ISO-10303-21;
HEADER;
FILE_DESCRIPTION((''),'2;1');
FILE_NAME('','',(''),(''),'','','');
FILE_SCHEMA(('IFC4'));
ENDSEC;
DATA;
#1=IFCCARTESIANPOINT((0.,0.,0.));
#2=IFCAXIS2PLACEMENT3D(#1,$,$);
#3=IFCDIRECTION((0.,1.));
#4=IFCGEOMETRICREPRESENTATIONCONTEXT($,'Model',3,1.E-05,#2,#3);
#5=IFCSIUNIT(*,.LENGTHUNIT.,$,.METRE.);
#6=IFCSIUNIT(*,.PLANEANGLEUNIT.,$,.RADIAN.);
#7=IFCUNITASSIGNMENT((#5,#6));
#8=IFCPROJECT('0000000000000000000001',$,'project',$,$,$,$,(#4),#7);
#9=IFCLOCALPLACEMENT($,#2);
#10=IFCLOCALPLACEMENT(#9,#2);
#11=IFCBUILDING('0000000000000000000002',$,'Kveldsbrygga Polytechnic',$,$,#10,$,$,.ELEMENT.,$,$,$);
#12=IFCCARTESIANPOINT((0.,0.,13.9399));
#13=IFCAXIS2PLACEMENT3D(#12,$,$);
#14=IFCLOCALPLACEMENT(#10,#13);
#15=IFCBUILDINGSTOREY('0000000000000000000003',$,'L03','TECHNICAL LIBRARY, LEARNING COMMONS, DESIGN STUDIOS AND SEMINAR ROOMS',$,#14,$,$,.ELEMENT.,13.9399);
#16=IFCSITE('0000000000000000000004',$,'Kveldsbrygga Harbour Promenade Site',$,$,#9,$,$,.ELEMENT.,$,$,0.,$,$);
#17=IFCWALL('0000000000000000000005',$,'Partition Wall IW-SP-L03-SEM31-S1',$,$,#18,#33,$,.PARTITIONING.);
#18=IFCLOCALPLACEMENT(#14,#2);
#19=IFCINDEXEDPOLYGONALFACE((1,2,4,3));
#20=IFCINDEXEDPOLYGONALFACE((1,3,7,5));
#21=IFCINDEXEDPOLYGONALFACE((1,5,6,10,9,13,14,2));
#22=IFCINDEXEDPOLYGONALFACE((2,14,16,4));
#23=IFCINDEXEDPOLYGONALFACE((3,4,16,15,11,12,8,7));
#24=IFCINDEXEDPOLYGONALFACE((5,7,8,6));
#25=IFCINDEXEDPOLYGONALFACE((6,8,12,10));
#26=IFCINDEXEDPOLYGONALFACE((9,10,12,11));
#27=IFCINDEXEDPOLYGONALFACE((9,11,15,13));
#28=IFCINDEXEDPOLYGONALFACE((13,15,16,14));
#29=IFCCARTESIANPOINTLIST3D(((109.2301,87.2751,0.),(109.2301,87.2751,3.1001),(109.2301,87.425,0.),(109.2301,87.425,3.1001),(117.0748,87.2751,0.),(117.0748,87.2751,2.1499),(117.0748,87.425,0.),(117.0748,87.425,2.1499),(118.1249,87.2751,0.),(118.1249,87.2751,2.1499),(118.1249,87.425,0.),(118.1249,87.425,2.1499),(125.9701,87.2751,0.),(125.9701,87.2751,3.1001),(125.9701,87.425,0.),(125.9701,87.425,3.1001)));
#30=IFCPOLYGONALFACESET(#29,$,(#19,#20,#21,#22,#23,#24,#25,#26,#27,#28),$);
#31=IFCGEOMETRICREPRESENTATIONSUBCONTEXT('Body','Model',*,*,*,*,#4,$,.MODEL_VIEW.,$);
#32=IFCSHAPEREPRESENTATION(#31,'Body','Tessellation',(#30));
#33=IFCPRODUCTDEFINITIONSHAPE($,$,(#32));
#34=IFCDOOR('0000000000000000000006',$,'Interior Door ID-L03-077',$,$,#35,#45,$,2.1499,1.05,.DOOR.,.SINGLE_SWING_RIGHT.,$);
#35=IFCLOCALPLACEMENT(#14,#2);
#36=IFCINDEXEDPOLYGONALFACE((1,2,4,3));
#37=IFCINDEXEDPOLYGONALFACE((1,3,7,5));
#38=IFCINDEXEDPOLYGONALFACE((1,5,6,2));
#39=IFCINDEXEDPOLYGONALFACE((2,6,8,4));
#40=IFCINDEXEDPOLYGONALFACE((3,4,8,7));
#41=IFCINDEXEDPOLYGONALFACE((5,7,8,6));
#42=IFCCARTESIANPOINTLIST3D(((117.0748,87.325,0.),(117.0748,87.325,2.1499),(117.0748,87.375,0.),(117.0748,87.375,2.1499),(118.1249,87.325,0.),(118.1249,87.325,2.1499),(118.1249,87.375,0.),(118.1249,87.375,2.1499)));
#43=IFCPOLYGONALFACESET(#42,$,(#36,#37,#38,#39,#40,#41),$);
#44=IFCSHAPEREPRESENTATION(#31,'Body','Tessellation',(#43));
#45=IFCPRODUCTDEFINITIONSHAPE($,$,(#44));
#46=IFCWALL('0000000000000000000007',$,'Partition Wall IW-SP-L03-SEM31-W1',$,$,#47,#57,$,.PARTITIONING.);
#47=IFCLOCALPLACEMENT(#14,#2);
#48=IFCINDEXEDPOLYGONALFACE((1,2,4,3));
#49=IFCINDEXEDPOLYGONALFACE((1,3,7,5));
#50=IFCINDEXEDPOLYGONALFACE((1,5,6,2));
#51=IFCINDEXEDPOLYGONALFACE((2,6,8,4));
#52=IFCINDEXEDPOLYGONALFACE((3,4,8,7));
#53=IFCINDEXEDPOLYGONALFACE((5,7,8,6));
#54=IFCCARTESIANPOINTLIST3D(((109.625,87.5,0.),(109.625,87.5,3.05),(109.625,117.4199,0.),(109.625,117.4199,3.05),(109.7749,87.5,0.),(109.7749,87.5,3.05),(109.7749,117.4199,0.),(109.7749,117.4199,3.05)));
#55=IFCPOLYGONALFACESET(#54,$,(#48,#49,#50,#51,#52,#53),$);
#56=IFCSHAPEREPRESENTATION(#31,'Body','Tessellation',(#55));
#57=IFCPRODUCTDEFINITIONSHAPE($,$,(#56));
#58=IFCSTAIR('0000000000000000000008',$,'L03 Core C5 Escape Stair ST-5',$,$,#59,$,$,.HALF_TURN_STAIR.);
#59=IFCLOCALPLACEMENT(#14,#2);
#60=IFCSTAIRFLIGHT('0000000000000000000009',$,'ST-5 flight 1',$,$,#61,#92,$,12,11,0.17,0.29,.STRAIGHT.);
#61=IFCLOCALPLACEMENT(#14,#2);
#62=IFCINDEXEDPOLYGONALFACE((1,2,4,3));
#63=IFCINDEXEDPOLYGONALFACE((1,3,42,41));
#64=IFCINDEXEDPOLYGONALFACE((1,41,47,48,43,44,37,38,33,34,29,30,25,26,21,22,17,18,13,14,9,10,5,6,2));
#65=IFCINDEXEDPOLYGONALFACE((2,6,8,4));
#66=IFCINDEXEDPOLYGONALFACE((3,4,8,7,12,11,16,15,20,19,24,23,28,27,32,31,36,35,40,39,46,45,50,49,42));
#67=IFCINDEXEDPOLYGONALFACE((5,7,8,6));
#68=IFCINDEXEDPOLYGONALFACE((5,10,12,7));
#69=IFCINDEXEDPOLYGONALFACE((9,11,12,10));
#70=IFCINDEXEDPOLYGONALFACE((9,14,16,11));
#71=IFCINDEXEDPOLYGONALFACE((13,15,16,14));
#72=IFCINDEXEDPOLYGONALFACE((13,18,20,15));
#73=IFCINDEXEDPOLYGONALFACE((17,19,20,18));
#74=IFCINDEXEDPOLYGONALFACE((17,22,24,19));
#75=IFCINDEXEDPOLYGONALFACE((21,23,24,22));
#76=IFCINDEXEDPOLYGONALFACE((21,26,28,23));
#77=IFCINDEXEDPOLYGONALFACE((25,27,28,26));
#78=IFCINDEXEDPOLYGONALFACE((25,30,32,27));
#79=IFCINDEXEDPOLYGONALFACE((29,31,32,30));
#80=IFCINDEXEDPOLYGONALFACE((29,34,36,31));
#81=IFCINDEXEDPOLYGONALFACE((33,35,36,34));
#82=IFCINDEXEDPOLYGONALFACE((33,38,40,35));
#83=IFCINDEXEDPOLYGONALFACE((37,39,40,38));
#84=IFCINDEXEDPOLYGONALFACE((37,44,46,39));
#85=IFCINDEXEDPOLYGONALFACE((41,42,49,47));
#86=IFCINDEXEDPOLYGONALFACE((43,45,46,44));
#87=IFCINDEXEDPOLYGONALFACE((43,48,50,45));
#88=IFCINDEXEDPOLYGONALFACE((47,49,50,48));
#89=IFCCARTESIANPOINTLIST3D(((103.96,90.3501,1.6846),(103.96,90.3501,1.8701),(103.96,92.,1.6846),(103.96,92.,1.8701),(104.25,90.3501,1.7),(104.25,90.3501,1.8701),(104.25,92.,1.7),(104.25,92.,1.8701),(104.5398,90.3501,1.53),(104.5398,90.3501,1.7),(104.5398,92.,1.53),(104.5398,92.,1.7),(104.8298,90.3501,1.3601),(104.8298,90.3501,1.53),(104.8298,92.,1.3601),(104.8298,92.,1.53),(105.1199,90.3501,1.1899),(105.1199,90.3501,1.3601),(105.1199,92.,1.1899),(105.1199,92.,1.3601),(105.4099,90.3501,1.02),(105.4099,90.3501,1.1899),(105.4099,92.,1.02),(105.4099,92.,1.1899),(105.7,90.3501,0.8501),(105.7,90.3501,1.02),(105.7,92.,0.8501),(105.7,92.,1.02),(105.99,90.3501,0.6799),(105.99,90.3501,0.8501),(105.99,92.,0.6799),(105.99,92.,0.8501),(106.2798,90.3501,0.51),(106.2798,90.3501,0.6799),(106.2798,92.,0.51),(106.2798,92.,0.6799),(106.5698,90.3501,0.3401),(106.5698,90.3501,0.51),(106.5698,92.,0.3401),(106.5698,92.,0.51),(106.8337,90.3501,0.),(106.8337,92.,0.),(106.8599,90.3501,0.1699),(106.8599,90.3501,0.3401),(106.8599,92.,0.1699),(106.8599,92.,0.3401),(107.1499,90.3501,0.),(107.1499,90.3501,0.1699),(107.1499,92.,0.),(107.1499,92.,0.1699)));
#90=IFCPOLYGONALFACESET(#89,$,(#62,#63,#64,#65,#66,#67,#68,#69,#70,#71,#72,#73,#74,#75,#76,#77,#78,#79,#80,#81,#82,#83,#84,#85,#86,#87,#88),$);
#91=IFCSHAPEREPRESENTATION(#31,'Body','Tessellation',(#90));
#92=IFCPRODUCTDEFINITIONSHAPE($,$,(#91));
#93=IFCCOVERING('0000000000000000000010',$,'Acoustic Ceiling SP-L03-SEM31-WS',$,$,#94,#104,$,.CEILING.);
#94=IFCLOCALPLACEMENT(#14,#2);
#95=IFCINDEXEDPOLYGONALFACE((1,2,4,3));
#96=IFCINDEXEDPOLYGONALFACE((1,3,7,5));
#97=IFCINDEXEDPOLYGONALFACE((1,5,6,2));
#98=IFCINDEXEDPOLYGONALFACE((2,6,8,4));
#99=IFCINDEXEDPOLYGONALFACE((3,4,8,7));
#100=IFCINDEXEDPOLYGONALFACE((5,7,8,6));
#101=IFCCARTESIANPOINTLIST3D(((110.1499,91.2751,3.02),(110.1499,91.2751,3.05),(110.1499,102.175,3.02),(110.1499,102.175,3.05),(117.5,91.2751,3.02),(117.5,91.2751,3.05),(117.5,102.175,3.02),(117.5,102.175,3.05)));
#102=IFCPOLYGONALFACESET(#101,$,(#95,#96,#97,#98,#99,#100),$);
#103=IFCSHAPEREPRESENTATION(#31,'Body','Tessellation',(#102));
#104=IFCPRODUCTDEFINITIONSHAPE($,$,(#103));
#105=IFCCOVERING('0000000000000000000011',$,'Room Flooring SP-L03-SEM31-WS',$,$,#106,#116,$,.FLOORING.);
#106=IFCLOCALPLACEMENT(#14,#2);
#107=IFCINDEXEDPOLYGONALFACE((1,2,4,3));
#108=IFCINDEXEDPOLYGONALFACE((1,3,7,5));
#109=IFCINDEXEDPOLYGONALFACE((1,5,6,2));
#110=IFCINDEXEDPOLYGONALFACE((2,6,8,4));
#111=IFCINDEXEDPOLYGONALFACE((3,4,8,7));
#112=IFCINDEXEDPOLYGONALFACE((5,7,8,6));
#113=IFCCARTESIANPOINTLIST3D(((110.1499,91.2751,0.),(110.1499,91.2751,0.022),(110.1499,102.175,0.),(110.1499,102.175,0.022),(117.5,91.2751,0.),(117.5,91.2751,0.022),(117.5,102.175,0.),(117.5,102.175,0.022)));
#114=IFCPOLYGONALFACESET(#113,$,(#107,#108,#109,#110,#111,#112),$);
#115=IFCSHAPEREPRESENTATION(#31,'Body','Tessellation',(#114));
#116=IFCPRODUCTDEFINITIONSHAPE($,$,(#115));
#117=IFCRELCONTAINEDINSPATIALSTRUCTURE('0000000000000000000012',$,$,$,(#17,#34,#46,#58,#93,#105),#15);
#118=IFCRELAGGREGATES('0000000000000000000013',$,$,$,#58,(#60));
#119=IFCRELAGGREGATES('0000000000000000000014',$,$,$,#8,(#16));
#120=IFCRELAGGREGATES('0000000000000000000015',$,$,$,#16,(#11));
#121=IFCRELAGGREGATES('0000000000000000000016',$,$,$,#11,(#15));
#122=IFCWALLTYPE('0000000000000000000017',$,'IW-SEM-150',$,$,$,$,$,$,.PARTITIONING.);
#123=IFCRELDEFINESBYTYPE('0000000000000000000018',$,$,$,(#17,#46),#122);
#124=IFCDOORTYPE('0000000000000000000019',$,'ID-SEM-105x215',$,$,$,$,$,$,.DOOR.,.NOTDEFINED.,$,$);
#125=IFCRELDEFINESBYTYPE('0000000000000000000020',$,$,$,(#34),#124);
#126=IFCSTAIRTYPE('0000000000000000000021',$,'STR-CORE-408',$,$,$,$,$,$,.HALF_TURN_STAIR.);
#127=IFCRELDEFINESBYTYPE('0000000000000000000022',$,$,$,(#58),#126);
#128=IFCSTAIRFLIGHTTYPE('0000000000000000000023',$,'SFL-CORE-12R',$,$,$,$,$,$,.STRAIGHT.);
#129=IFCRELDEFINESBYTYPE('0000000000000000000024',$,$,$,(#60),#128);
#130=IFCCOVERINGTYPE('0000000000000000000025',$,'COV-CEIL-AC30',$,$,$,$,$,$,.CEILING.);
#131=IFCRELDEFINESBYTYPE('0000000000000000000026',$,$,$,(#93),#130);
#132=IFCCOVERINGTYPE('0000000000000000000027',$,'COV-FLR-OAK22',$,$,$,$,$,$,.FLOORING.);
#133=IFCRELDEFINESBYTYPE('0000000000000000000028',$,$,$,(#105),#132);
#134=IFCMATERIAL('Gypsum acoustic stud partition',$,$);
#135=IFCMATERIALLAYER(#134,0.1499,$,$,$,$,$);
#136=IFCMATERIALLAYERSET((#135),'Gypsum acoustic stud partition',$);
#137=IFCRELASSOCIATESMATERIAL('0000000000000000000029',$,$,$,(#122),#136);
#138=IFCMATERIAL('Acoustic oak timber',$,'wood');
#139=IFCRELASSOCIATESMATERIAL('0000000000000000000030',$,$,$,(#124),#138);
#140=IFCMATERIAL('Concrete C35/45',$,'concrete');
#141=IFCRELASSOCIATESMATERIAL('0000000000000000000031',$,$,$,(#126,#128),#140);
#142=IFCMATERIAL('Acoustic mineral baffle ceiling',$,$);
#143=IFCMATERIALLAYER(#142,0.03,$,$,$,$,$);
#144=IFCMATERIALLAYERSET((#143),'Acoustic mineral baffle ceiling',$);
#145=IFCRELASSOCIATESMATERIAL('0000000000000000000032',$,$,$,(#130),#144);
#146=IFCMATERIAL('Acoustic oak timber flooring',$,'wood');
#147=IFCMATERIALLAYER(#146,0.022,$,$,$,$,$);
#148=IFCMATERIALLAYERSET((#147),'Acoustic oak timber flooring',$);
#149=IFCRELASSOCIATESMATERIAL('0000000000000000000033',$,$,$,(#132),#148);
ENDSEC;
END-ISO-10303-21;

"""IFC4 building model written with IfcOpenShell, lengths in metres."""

from ifc_helpers import new_model, si_unit, direction, frame, frame_2d, origin, origin_2d, place, context, subcontext, project, spatial, polyline, rectangle, outline, extrude, material, layer, layer_set, type_object, element, fill, aggregate, save


model = new_model("IFC4")

# Units and contexts
model_context = context("Model", 3, precision=1e-05, world=origin(), true_north=direction((0.0, 1.0)))
body_context = subcontext(model_context, "Body", "Model", "MODEL_VIEW")
ifc_project = project(units=[si_unit("LENGTHUNIT", "METRE"), si_unit("PLANEANGLEUNIT", "RADIAN")], contexts=[model_context])

# Site, building, storey
site_placement = place(None, origin())
site = spatial("IfcSite", under=ifc_project, at=site_placement, Name="Kveldsbrygga Harbour Promenade Site", CompositionType="ELEMENT", RefElevation=0.0)
building_placement = place(site_placement, origin())
building = spatial("IfcBuilding", under=site, at=building_placement, Name="Kveldsbrygga Polytechnic", CompositionType="ELEMENT")
storey_placement = place(building_placement, frame((0.0, 0.0, 13.9399)))
storey = spatial("IfcBuildingStorey", under=building, at=storey_placement, Name="L03", Description="TECHNICAL LIBRARY, LEARNING COMMONS, DESIGN STUDIOS AND SEMINAR ROOMS", CompositionType="ELEMENT", Elevation=13.9399)

# Shared definitions
ifc_material_1 = material(Name="Concrete C35/45", Category="concrete")

# Wall, opening, door
ifc_material_2 = material(Name="Gypsum acoustic stud partition")
ifc_layer_1 = layer(ifc_material_2, 0.1499)
ifc_layer_set_1 = layer_set([ifc_layer_1], Name="Gypsum acoustic stud partition")
wall_type_1 = type_object("IfcWallType", Name="IW-SEM-150", PredefinedType="PARTITIONING", material=ifc_layer_set_1)
wall_1_placement = place(storey_placement, frame((109.23, 87.3501, 0.0), z_axis=(0.0, 0.0, 1.0), x_axis=(1.0, 0.0, 0.0)))
wall_1 = element("IfcWall", 1, at=wall_1_placement, inside=storey, type_object=wall_type_1, Name="Partition Wall IW-SP-L03-SEM31-S1", PredefinedType="PARTITIONING", context=body_context, shape_type="SweptSolid", body=[
    extrude(rectangle(XDim=16.74, YDim=0.1499, at=frame_2d((8.3701, 0.0))), origin(), (0.0, 0.0, 1.0), 3.1001),
])
opening_1_placement = place(wall_1_placement, frame((7.845, 0.0, 0.0)))
opening_1 = element("IfcOpeningElement", 2, at=opening_1_placement, cuts=wall_1, PredefinedType="OPENING", context=body_context, shape_type="SweptSolid", body=[
    extrude(rectangle(XDim=1.05, YDim=2.1499, at=frame_2d((0.5249, 1.075))), frame((0.0, 0.085, 0.0), z_axis=(0.0, -1.0, 0.0), x_axis=(1.0, 0.0, 0.0)), (0.0, 0.0, 1.0), 0.1699),
])
ifc_material_3 = material(Name="Acoustic oak timber", Category="wood")
door_type_1 = type_object("IfcDoorType", Name="ID-SEM-105x215", OperationType="NOTDEFINED", PredefinedType="DOOR", material=ifc_material_3)
door_1_placement = place(opening_1_placement, origin())
door_1 = element("IfcDoor", 3, at=door_1_placement, inside=storey, type_object=door_type_1, Name="Interior Door ID-L03-077", OperationType="SINGLE_SWING_RIGHT", OverallHeight=2.1499, OverallWidth=1.05, PredefinedType="DOOR", context=body_context, shape_type="SweptSolid", body=[
    extrude(rectangle(XDim=1.05, YDim=2.1499, at=frame_2d((0.5249, 1.075))), frame((0.0, 0.0249, 0.0), z_axis=(0.0, -1.0, 0.0), x_axis=(1.0, 0.0, 0.0)), (0.0, 0.0, 1.0), 0.05),
])
fill(opening_1, door_1)

# Wall
wall_2_placement = place(storey_placement, frame((109.7, 87.5, 0.0), z_axis=(0.0, 0.0, 1.0), x_axis=(0.0, 1.0, 0.0)))
element("IfcWall", 4, at=wall_2_placement, inside=storey, type_object=wall_type_1, Name="Partition Wall IW-SP-L03-SEM31-W1", PredefinedType="PARTITIONING", context=body_context, shape_type="SweptSolid", body=[
    extrude(rectangle(XDim=29.9199, YDim=0.1499, at=frame_2d((14.96, 0.0))), origin(), (0.0, 0.0, 1.0), 3.05),
])

# Stair, stair flight
stair_type = type_object("IfcStairType", Name="STR-CORE-408", PredefinedType="HALF_TURN_STAIR", material=ifc_material_1)
stair_placement = place(storey_placement, origin())
stair = element("IfcStair", 5, at=stair_placement, inside=storey, type_object=stair_type, Name="L03 Core C5 Escape Stair ST-5", PredefinedType="HALF_TURN_STAIR")
stair_flight_type = type_object("IfcStairFlightType", Name="SFL-CORE-12R", PredefinedType="STRAIGHT", material=ifc_material_1)
stair_flight_placement = place(storey_placement, frame((107.1499, 91.175, 0.0), z_axis=(0.0, 0.0, 1.0), x_axis=(-1.0, 0.0, 0.0)))
stair_flight = element("IfcStairFlight", 6, at=stair_flight_placement, type_object=stair_flight_type, Name="ST-5 flight 1", NumberOfRisers=12, NumberOfTreads=11, PredefinedType="STRAIGHT", RiserHeight=0.17, TreadLength=0.29, context=body_context, shape_type="SweptSolid", body=[
    extrude(outline(polyline([(0.0, 0.0), (0.0, 0.1699), (0.29, 0.1699), (0.29, 0.3401), (0.5801, 0.3401), (0.5801, 0.51), (0.8701, 0.51), (0.8701, 0.6799), (1.1599, 0.6799), (1.1599, 0.8501), (1.45, 0.8501), (1.45, 1.02), (1.74, 1.02), (1.74, 1.1899), (2.03, 1.1899), (2.03, 1.3601), (2.3201, 1.3601), (2.3201, 1.53), (2.6101, 1.53), (2.6101, 1.7), (2.8999, 1.7), (2.8999, 1.8701), (3.1899, 1.8701), (3.1899, 2.04), (3.1899, 1.6846), (0.3162, 0.0), (0.0, 0.0)])), frame((0.0, 0.825, 0.0), z_axis=(0.0, -1.0, 0.0), x_axis=(1.0, 0.0, 0.0)), (0.0, 0.0, 1.0), 1.6499),
])
aggregate(stair, [stair_flight])

# Coverings
ifc_material_4 = material(Name="Acoustic mineral baffle ceiling")
ifc_layer_2 = layer(ifc_material_4, 0.03)
ifc_layer_set_2 = layer_set([ifc_layer_2], Name="Acoustic mineral baffle ceiling")
covering_type_1 = type_object("IfcCoveringType", Name="COV-CEIL-AC30", PredefinedType="CEILING", material=ifc_layer_set_2)
covering_1_placement = place(storey_placement, frame((113.825, 96.7251, 3.02), z_axis=(0.0, 0.0, 1.0), x_axis=(1.0, 0.0, 0.0)))
element("IfcCovering", 7, at=covering_1_placement, inside=storey, type_object=covering_type_1, Name="Acoustic Ceiling SP-L03-SEM31-WS", PredefinedType="CEILING", context=body_context, shape_type="SweptSolid", body=[
    extrude(rectangle(XDim=7.3501, YDim=10.8999, at=origin_2d()), origin(), (0.0, 0.0, 1.0), 0.03),
])
ifc_material_5 = material(Name="Acoustic oak timber flooring", Category="wood")
ifc_layer_3 = layer(ifc_material_5, 0.022)
ifc_layer_set_3 = layer_set([ifc_layer_3], Name="Acoustic oak timber flooring")
covering_type_2 = type_object("IfcCoveringType", Name="COV-FLR-OAK22", PredefinedType="FLOORING", material=ifc_layer_set_3)
covering_2_placement = place(storey_placement, frame((113.825, 96.7251, 0.0), z_axis=(0.0, 0.0, 1.0), x_axis=(1.0, 0.0, 0.0)))
element("IfcCovering", 8, at=covering_2_placement, inside=storey, type_object=covering_type_2, Name="Room Flooring SP-L03-SEM31-WS", PredefinedType="FLOORING", context=body_context, shape_type="SweptSolid", body=[
    extrude(rectangle(XDim=7.3501, YDim=10.8999, at=origin_2d()), origin(), (0.0, 0.0, 1.0), 0.022),
])

save(model, "model.ifc")
